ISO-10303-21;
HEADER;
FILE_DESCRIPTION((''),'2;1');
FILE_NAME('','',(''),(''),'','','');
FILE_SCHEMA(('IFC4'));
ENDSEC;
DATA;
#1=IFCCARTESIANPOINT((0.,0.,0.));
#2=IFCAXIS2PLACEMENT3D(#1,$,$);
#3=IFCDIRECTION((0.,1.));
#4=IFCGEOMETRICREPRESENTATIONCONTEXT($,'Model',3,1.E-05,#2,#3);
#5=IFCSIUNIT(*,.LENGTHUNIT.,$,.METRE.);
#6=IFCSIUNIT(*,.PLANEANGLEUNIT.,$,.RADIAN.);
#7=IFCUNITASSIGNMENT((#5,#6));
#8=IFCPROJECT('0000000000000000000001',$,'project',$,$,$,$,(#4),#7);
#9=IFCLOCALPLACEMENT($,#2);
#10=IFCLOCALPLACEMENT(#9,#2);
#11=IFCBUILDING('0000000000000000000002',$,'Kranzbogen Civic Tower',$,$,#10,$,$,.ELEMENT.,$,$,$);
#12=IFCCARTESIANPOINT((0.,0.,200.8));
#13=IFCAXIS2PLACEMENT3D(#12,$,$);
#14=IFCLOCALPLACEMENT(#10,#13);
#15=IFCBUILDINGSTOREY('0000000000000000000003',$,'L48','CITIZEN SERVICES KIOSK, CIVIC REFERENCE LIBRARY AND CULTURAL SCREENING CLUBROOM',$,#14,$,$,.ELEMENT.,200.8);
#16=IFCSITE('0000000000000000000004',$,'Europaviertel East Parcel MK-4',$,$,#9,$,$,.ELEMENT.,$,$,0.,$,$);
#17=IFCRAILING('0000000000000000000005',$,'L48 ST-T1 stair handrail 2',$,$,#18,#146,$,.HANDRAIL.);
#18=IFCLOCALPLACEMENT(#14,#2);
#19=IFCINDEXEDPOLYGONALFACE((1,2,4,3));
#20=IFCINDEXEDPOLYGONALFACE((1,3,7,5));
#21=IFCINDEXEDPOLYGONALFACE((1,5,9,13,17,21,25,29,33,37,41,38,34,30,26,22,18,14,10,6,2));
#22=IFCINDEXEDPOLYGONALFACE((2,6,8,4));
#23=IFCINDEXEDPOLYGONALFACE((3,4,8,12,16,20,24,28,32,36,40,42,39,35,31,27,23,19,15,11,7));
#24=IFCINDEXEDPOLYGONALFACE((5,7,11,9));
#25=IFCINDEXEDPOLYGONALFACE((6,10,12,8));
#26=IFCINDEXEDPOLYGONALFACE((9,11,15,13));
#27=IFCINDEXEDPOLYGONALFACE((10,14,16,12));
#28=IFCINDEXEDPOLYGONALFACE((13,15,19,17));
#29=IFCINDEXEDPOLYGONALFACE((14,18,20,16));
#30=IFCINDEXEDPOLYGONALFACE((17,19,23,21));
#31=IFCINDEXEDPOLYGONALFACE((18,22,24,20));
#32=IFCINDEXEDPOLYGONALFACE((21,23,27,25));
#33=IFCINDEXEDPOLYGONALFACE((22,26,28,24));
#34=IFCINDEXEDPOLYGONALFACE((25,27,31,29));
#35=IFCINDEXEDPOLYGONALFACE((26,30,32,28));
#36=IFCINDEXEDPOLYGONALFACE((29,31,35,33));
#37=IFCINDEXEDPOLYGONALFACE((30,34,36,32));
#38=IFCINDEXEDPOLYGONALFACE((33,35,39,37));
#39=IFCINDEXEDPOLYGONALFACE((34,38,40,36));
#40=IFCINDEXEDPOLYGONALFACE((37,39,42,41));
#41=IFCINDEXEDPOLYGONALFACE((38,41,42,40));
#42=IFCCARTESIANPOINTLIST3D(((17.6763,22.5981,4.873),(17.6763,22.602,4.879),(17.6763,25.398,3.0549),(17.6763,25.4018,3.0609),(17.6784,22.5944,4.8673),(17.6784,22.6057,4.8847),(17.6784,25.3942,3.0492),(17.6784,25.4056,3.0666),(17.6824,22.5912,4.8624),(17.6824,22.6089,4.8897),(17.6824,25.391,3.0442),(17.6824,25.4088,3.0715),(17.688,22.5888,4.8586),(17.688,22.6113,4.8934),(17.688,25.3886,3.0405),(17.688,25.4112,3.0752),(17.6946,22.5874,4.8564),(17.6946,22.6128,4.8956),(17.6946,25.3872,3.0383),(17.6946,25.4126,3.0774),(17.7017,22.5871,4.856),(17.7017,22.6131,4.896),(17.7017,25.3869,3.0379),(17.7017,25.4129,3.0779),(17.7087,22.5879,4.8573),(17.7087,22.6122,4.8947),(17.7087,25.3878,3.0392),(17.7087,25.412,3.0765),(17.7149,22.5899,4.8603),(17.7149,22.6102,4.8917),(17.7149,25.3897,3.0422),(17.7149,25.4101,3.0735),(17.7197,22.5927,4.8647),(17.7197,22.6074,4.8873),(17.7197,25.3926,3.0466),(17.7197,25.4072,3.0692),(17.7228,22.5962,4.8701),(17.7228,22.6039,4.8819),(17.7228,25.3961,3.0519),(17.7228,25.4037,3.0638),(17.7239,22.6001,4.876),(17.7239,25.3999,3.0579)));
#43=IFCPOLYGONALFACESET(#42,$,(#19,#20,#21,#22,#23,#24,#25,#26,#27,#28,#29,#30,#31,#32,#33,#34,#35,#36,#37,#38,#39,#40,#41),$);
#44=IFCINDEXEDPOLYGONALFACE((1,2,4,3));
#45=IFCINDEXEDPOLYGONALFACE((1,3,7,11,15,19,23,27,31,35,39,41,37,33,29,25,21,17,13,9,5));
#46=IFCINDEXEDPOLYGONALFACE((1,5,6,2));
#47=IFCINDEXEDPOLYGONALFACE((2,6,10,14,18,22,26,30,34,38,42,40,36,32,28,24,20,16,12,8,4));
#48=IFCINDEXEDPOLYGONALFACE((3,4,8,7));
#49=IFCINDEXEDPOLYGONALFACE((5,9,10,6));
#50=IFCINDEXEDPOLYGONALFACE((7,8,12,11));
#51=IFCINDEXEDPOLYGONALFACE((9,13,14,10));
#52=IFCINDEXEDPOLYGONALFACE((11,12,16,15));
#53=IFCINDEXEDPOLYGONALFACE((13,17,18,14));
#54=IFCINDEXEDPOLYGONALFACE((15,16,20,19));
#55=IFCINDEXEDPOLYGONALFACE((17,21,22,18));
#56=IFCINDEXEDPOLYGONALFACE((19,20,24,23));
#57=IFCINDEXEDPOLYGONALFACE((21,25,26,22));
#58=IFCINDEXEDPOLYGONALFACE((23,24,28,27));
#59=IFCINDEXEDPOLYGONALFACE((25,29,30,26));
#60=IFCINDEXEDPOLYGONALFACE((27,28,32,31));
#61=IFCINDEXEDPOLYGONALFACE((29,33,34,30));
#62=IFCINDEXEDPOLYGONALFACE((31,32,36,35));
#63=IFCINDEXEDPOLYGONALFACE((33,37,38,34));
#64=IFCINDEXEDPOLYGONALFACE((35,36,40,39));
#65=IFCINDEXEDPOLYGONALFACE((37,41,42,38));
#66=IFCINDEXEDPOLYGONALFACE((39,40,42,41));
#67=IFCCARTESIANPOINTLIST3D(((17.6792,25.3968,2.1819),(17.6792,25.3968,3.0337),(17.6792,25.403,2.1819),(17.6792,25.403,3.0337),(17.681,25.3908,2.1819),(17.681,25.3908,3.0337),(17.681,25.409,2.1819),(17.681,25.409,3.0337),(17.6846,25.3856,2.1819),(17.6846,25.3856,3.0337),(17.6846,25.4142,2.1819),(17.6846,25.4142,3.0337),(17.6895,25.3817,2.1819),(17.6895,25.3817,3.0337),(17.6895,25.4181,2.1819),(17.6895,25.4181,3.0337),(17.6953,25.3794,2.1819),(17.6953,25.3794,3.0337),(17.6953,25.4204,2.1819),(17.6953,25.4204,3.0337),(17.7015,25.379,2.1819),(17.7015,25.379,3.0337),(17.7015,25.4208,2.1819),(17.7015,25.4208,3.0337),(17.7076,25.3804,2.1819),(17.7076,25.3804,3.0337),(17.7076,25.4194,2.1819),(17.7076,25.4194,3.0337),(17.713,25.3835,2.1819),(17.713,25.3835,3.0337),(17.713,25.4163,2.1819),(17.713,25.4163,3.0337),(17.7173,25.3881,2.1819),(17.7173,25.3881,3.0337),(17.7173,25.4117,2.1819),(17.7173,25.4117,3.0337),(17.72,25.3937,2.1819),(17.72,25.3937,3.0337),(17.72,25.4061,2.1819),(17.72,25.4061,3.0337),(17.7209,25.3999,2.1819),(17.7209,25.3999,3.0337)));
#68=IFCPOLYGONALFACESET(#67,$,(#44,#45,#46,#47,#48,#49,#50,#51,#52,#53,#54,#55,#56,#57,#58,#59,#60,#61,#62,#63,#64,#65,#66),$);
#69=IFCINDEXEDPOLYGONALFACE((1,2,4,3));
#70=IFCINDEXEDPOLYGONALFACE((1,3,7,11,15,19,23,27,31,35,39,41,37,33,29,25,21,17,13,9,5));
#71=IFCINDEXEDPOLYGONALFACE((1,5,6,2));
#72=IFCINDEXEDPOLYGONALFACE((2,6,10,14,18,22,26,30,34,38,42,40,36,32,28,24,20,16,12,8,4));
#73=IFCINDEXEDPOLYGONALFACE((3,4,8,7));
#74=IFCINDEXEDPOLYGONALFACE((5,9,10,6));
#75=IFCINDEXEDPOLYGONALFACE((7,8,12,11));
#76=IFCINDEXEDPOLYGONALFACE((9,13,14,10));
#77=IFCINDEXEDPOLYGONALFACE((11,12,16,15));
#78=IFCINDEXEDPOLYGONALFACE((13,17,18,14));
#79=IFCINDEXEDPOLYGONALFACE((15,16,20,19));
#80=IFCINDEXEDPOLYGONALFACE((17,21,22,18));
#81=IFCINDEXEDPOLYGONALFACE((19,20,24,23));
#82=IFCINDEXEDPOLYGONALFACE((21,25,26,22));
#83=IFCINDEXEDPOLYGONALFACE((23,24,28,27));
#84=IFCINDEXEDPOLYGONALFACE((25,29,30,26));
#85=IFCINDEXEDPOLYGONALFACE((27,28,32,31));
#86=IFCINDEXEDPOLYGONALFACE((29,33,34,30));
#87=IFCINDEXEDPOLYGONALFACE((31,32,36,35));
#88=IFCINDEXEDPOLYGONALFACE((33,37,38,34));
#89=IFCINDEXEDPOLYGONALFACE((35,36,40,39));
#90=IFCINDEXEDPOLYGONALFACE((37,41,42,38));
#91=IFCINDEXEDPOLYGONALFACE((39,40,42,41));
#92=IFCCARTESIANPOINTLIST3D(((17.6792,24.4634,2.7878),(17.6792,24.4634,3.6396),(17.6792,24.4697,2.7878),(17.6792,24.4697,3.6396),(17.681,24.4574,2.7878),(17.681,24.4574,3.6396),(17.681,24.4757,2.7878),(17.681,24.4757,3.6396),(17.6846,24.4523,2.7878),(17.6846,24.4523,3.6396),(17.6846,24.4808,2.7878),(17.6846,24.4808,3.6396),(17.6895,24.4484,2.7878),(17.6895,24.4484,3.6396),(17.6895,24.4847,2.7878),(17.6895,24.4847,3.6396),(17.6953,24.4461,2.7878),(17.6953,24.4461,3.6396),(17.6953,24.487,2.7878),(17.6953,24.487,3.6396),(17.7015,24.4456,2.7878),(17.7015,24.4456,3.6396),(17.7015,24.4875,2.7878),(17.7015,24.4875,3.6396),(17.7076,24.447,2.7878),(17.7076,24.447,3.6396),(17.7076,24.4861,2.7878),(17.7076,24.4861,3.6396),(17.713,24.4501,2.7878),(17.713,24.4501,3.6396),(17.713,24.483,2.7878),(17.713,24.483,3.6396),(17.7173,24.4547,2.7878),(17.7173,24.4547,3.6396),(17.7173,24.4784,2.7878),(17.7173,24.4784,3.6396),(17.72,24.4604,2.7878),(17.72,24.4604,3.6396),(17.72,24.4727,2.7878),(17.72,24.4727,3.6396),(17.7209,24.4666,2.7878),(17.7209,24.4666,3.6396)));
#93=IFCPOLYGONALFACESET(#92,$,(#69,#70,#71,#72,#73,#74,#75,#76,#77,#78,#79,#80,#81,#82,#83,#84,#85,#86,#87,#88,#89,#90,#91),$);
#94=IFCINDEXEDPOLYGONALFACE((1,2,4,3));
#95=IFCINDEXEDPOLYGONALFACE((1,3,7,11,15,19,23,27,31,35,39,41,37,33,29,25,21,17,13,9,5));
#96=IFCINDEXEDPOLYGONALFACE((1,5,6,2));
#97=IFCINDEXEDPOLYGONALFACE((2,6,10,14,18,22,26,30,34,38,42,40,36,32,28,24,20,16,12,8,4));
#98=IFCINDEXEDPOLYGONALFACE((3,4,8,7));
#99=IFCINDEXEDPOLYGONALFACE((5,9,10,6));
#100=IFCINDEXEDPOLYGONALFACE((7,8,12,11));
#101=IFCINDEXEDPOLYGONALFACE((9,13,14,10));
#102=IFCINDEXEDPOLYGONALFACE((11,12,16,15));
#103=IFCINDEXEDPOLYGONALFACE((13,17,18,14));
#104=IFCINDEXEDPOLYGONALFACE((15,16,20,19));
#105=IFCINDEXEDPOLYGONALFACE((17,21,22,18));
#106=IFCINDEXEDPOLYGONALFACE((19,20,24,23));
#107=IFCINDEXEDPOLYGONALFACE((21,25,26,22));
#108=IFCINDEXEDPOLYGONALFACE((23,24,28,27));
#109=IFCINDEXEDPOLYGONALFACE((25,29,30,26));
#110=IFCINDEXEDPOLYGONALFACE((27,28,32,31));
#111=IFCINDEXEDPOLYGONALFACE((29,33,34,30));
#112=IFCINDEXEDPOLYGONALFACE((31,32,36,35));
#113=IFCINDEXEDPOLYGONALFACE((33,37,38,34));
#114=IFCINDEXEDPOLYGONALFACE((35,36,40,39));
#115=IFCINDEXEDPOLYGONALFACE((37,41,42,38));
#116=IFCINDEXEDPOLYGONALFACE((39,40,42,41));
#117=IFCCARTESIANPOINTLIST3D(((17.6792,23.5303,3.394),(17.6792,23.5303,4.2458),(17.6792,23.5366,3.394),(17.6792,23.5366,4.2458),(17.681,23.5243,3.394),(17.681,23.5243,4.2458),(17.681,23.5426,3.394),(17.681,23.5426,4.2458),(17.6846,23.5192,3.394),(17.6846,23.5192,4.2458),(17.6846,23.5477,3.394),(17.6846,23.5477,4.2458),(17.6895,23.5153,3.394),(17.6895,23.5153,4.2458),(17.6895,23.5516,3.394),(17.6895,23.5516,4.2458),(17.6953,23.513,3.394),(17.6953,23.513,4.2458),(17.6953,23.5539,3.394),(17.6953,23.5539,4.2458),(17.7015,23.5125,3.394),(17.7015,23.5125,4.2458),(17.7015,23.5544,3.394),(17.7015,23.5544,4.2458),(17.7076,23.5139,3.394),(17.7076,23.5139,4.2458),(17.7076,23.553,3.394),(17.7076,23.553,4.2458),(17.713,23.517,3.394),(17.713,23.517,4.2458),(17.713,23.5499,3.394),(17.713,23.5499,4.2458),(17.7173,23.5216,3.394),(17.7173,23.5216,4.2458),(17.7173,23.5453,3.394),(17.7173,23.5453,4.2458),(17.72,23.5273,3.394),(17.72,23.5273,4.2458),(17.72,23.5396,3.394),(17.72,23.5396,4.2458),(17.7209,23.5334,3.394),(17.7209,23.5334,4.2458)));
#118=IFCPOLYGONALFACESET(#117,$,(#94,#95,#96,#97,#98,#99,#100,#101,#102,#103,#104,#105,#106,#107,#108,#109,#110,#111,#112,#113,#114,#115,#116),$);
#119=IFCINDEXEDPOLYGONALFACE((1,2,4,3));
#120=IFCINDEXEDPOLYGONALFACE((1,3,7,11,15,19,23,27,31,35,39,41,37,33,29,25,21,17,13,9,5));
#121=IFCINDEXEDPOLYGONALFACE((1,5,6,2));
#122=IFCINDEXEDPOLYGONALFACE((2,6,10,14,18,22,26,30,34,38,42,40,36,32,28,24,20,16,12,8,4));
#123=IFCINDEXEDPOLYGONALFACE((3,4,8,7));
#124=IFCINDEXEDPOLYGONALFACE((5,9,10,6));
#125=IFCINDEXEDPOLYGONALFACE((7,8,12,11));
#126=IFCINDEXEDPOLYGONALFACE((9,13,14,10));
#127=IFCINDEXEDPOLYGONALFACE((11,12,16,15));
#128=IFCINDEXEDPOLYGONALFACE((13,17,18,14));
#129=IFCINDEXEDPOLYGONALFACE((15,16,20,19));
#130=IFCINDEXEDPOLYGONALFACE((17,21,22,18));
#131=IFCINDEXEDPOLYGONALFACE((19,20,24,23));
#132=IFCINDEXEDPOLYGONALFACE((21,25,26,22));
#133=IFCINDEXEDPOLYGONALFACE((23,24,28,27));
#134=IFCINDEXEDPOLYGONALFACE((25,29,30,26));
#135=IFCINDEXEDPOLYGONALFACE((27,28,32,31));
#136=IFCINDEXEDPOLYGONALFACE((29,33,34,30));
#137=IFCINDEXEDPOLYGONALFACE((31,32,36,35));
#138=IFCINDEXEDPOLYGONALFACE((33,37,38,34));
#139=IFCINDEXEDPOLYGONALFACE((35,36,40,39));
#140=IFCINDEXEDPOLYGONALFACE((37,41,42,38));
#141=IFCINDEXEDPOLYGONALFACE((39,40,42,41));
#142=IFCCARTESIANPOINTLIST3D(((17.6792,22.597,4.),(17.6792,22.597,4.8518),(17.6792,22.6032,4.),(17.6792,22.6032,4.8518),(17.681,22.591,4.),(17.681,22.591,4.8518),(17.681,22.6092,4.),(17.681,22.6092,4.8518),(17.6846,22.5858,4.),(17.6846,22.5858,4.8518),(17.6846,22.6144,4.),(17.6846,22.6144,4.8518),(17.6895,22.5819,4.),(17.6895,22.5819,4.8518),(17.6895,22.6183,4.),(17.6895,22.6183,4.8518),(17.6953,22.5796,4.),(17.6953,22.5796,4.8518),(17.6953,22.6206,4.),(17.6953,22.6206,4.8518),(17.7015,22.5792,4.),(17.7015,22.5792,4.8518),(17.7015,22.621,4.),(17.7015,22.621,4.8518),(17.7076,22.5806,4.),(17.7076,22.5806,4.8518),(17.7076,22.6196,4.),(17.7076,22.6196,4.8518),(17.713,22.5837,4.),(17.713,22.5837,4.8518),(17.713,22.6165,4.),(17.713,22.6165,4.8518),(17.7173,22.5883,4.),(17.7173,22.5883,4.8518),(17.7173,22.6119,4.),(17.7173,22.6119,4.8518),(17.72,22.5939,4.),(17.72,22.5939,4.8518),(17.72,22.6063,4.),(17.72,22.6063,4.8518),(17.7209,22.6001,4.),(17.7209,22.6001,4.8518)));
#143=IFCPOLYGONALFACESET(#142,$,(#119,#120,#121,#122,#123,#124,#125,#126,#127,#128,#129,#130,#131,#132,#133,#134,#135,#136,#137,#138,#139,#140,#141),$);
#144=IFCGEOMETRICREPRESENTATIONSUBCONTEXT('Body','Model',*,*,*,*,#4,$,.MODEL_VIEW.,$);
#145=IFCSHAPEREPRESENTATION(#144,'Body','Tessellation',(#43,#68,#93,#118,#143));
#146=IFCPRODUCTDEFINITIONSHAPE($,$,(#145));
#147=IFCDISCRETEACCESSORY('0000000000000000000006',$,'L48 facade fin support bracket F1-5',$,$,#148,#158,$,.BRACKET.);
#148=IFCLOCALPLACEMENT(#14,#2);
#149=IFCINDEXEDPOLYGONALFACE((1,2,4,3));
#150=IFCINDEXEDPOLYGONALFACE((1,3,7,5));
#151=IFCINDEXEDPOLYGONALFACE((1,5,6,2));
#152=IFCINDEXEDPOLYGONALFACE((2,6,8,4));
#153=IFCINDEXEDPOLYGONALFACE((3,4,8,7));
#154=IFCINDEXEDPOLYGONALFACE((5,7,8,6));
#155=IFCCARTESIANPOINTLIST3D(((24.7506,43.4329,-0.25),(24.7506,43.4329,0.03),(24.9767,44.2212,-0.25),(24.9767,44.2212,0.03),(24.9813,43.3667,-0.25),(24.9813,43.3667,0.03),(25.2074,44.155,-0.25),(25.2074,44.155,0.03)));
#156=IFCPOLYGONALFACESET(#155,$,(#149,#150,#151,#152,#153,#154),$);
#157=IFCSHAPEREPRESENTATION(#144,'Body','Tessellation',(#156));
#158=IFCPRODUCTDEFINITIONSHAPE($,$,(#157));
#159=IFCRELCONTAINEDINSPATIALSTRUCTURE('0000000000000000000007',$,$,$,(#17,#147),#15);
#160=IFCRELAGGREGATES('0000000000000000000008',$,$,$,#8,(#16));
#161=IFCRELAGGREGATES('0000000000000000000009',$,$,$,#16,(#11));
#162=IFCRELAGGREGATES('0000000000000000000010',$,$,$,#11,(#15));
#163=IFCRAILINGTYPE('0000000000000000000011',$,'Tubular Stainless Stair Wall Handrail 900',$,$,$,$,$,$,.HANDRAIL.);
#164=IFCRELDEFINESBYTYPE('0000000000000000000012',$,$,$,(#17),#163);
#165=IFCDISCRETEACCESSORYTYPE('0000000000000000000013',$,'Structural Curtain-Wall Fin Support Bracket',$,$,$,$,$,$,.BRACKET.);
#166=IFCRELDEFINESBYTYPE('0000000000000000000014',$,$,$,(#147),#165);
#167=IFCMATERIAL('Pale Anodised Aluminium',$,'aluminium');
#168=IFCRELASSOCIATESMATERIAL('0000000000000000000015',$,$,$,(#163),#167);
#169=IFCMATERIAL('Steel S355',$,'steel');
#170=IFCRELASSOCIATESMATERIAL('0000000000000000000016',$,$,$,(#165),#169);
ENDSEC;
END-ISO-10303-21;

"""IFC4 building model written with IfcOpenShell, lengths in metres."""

from ifc_helpers import new_model, si_unit, direction, frame, origin, origin_2d, place, context, subcontext, project, spatial, rectangle, circle, extrude, material, type_object, element, save


model = new_model("IFC4")

# Units and contexts
model_context = context("Model", 3, precision=1e-05, world=origin(), true_north=direction((0.0, 1.0)))
body_context = subcontext(model_context, "Body", "Model", "MODEL_VIEW")
ifc_project = project(units=[si_unit("LENGTHUNIT", "METRE"), si_unit("PLANEANGLEUNIT", "RADIAN")], contexts=[model_context])

# Site, building, storey
site_placement = place(None, origin())
site = spatial("IfcSite", under=ifc_project, at=site_placement, Name="Europaviertel East Parcel MK-4", CompositionType="ELEMENT", RefElevation=0.0)
building_placement = place(site_placement, origin())
building = spatial("IfcBuilding", under=site, at=building_placement, Name="Kranzbogen Civic Tower", CompositionType="ELEMENT")
storey_placement = place(building_placement, frame((0.0, 0.0, 200.8)))
storey = spatial("IfcBuildingStorey", under=building, at=storey_placement, Name="L48", Description="CITIZEN SERVICES KIOSK, CIVIC REFERENCE LIBRARY AND CULTURAL SCREENING CLUBROOM", CompositionType="ELEMENT", Elevation=200.8)

# Shared definitions
ifc_material_1 = material(Name="Steel S355", Category="steel")

# Shared definitions
ifc_material_2 = material(Name="Pale Anodised Aluminium", Category="aluminium")

# Railing
railing_type_1 = type_object("IfcRailingType", Name="Tubular Stainless Stair Wall Handrail 900", PredefinedType="HANDRAIL", material=ifc_material_2)
railing_1_placement = place(storey_placement, frame((17.7, 25.3999, 2.1819)))
element("IfcRailing", 1, at=railing_1_placement, inside=storey, type_object=railing_type_1, Name="L48 ST-T1 stair handrail 2", PredefinedType="HANDRAIL", context=body_context, shape_type="SweptSolid", body=[
    extrude(circle(Radius=0.0239, at=origin_2d()), frame((0.0, 0.0, 0.876), z_axis=(0.0, -0.838684, 0.544618), x_axis=(1.0, 0.0, 0.0)), (0.0, 0.0, 1.0), 3.3384),
    extrude(circle(Radius=0.021, at=origin_2d()), origin(), (0.0, 0.0, 1.0), 0.8518),
    extrude(circle(Radius=0.021, at=origin_2d()), frame((0.0, -0.9333, 0.606)), (0.0, 0.0, 1.0), 0.8518),
    extrude(circle(Radius=0.021, at=origin_2d()), frame((0.0, -1.8665, 1.2122)), (0.0, 0.0, 1.0), 0.8518),
    extrude(circle(Radius=0.021, at=origin_2d()), frame((0.0, -2.7998, 1.8181)), (0.0, 0.0, 1.0), 0.8518),
])

# Discrete accessory
discrete_accessory_type = type_object("IfcDiscreteAccessoryType", Name="Structural Curtain-Wall Fin Support Bracket", PredefinedType="BRACKET", material=ifc_material_1)
discrete_accessory_placement = place(storey_placement, frame((24.979, 43.7939, -0.25), z_axis=(0.0, 0.0, 1.0), x_axis=(0.275637, 0.961262, 0.0)))
element("IfcDiscreteAccessory", 2, at=discrete_accessory_placement, inside=storey, type_object=discrete_accessory_type, Name="L48 facade fin support bracket F1-5", PredefinedType="BRACKET", context=body_context, shape_type="SweptSolid", body=[
    extrude(rectangle(XDim=0.8201, YDim=0.24, at=origin_2d()), origin(), (0.0, 0.0, 1.0), 0.28),
])

save(model, "model.ifc")
